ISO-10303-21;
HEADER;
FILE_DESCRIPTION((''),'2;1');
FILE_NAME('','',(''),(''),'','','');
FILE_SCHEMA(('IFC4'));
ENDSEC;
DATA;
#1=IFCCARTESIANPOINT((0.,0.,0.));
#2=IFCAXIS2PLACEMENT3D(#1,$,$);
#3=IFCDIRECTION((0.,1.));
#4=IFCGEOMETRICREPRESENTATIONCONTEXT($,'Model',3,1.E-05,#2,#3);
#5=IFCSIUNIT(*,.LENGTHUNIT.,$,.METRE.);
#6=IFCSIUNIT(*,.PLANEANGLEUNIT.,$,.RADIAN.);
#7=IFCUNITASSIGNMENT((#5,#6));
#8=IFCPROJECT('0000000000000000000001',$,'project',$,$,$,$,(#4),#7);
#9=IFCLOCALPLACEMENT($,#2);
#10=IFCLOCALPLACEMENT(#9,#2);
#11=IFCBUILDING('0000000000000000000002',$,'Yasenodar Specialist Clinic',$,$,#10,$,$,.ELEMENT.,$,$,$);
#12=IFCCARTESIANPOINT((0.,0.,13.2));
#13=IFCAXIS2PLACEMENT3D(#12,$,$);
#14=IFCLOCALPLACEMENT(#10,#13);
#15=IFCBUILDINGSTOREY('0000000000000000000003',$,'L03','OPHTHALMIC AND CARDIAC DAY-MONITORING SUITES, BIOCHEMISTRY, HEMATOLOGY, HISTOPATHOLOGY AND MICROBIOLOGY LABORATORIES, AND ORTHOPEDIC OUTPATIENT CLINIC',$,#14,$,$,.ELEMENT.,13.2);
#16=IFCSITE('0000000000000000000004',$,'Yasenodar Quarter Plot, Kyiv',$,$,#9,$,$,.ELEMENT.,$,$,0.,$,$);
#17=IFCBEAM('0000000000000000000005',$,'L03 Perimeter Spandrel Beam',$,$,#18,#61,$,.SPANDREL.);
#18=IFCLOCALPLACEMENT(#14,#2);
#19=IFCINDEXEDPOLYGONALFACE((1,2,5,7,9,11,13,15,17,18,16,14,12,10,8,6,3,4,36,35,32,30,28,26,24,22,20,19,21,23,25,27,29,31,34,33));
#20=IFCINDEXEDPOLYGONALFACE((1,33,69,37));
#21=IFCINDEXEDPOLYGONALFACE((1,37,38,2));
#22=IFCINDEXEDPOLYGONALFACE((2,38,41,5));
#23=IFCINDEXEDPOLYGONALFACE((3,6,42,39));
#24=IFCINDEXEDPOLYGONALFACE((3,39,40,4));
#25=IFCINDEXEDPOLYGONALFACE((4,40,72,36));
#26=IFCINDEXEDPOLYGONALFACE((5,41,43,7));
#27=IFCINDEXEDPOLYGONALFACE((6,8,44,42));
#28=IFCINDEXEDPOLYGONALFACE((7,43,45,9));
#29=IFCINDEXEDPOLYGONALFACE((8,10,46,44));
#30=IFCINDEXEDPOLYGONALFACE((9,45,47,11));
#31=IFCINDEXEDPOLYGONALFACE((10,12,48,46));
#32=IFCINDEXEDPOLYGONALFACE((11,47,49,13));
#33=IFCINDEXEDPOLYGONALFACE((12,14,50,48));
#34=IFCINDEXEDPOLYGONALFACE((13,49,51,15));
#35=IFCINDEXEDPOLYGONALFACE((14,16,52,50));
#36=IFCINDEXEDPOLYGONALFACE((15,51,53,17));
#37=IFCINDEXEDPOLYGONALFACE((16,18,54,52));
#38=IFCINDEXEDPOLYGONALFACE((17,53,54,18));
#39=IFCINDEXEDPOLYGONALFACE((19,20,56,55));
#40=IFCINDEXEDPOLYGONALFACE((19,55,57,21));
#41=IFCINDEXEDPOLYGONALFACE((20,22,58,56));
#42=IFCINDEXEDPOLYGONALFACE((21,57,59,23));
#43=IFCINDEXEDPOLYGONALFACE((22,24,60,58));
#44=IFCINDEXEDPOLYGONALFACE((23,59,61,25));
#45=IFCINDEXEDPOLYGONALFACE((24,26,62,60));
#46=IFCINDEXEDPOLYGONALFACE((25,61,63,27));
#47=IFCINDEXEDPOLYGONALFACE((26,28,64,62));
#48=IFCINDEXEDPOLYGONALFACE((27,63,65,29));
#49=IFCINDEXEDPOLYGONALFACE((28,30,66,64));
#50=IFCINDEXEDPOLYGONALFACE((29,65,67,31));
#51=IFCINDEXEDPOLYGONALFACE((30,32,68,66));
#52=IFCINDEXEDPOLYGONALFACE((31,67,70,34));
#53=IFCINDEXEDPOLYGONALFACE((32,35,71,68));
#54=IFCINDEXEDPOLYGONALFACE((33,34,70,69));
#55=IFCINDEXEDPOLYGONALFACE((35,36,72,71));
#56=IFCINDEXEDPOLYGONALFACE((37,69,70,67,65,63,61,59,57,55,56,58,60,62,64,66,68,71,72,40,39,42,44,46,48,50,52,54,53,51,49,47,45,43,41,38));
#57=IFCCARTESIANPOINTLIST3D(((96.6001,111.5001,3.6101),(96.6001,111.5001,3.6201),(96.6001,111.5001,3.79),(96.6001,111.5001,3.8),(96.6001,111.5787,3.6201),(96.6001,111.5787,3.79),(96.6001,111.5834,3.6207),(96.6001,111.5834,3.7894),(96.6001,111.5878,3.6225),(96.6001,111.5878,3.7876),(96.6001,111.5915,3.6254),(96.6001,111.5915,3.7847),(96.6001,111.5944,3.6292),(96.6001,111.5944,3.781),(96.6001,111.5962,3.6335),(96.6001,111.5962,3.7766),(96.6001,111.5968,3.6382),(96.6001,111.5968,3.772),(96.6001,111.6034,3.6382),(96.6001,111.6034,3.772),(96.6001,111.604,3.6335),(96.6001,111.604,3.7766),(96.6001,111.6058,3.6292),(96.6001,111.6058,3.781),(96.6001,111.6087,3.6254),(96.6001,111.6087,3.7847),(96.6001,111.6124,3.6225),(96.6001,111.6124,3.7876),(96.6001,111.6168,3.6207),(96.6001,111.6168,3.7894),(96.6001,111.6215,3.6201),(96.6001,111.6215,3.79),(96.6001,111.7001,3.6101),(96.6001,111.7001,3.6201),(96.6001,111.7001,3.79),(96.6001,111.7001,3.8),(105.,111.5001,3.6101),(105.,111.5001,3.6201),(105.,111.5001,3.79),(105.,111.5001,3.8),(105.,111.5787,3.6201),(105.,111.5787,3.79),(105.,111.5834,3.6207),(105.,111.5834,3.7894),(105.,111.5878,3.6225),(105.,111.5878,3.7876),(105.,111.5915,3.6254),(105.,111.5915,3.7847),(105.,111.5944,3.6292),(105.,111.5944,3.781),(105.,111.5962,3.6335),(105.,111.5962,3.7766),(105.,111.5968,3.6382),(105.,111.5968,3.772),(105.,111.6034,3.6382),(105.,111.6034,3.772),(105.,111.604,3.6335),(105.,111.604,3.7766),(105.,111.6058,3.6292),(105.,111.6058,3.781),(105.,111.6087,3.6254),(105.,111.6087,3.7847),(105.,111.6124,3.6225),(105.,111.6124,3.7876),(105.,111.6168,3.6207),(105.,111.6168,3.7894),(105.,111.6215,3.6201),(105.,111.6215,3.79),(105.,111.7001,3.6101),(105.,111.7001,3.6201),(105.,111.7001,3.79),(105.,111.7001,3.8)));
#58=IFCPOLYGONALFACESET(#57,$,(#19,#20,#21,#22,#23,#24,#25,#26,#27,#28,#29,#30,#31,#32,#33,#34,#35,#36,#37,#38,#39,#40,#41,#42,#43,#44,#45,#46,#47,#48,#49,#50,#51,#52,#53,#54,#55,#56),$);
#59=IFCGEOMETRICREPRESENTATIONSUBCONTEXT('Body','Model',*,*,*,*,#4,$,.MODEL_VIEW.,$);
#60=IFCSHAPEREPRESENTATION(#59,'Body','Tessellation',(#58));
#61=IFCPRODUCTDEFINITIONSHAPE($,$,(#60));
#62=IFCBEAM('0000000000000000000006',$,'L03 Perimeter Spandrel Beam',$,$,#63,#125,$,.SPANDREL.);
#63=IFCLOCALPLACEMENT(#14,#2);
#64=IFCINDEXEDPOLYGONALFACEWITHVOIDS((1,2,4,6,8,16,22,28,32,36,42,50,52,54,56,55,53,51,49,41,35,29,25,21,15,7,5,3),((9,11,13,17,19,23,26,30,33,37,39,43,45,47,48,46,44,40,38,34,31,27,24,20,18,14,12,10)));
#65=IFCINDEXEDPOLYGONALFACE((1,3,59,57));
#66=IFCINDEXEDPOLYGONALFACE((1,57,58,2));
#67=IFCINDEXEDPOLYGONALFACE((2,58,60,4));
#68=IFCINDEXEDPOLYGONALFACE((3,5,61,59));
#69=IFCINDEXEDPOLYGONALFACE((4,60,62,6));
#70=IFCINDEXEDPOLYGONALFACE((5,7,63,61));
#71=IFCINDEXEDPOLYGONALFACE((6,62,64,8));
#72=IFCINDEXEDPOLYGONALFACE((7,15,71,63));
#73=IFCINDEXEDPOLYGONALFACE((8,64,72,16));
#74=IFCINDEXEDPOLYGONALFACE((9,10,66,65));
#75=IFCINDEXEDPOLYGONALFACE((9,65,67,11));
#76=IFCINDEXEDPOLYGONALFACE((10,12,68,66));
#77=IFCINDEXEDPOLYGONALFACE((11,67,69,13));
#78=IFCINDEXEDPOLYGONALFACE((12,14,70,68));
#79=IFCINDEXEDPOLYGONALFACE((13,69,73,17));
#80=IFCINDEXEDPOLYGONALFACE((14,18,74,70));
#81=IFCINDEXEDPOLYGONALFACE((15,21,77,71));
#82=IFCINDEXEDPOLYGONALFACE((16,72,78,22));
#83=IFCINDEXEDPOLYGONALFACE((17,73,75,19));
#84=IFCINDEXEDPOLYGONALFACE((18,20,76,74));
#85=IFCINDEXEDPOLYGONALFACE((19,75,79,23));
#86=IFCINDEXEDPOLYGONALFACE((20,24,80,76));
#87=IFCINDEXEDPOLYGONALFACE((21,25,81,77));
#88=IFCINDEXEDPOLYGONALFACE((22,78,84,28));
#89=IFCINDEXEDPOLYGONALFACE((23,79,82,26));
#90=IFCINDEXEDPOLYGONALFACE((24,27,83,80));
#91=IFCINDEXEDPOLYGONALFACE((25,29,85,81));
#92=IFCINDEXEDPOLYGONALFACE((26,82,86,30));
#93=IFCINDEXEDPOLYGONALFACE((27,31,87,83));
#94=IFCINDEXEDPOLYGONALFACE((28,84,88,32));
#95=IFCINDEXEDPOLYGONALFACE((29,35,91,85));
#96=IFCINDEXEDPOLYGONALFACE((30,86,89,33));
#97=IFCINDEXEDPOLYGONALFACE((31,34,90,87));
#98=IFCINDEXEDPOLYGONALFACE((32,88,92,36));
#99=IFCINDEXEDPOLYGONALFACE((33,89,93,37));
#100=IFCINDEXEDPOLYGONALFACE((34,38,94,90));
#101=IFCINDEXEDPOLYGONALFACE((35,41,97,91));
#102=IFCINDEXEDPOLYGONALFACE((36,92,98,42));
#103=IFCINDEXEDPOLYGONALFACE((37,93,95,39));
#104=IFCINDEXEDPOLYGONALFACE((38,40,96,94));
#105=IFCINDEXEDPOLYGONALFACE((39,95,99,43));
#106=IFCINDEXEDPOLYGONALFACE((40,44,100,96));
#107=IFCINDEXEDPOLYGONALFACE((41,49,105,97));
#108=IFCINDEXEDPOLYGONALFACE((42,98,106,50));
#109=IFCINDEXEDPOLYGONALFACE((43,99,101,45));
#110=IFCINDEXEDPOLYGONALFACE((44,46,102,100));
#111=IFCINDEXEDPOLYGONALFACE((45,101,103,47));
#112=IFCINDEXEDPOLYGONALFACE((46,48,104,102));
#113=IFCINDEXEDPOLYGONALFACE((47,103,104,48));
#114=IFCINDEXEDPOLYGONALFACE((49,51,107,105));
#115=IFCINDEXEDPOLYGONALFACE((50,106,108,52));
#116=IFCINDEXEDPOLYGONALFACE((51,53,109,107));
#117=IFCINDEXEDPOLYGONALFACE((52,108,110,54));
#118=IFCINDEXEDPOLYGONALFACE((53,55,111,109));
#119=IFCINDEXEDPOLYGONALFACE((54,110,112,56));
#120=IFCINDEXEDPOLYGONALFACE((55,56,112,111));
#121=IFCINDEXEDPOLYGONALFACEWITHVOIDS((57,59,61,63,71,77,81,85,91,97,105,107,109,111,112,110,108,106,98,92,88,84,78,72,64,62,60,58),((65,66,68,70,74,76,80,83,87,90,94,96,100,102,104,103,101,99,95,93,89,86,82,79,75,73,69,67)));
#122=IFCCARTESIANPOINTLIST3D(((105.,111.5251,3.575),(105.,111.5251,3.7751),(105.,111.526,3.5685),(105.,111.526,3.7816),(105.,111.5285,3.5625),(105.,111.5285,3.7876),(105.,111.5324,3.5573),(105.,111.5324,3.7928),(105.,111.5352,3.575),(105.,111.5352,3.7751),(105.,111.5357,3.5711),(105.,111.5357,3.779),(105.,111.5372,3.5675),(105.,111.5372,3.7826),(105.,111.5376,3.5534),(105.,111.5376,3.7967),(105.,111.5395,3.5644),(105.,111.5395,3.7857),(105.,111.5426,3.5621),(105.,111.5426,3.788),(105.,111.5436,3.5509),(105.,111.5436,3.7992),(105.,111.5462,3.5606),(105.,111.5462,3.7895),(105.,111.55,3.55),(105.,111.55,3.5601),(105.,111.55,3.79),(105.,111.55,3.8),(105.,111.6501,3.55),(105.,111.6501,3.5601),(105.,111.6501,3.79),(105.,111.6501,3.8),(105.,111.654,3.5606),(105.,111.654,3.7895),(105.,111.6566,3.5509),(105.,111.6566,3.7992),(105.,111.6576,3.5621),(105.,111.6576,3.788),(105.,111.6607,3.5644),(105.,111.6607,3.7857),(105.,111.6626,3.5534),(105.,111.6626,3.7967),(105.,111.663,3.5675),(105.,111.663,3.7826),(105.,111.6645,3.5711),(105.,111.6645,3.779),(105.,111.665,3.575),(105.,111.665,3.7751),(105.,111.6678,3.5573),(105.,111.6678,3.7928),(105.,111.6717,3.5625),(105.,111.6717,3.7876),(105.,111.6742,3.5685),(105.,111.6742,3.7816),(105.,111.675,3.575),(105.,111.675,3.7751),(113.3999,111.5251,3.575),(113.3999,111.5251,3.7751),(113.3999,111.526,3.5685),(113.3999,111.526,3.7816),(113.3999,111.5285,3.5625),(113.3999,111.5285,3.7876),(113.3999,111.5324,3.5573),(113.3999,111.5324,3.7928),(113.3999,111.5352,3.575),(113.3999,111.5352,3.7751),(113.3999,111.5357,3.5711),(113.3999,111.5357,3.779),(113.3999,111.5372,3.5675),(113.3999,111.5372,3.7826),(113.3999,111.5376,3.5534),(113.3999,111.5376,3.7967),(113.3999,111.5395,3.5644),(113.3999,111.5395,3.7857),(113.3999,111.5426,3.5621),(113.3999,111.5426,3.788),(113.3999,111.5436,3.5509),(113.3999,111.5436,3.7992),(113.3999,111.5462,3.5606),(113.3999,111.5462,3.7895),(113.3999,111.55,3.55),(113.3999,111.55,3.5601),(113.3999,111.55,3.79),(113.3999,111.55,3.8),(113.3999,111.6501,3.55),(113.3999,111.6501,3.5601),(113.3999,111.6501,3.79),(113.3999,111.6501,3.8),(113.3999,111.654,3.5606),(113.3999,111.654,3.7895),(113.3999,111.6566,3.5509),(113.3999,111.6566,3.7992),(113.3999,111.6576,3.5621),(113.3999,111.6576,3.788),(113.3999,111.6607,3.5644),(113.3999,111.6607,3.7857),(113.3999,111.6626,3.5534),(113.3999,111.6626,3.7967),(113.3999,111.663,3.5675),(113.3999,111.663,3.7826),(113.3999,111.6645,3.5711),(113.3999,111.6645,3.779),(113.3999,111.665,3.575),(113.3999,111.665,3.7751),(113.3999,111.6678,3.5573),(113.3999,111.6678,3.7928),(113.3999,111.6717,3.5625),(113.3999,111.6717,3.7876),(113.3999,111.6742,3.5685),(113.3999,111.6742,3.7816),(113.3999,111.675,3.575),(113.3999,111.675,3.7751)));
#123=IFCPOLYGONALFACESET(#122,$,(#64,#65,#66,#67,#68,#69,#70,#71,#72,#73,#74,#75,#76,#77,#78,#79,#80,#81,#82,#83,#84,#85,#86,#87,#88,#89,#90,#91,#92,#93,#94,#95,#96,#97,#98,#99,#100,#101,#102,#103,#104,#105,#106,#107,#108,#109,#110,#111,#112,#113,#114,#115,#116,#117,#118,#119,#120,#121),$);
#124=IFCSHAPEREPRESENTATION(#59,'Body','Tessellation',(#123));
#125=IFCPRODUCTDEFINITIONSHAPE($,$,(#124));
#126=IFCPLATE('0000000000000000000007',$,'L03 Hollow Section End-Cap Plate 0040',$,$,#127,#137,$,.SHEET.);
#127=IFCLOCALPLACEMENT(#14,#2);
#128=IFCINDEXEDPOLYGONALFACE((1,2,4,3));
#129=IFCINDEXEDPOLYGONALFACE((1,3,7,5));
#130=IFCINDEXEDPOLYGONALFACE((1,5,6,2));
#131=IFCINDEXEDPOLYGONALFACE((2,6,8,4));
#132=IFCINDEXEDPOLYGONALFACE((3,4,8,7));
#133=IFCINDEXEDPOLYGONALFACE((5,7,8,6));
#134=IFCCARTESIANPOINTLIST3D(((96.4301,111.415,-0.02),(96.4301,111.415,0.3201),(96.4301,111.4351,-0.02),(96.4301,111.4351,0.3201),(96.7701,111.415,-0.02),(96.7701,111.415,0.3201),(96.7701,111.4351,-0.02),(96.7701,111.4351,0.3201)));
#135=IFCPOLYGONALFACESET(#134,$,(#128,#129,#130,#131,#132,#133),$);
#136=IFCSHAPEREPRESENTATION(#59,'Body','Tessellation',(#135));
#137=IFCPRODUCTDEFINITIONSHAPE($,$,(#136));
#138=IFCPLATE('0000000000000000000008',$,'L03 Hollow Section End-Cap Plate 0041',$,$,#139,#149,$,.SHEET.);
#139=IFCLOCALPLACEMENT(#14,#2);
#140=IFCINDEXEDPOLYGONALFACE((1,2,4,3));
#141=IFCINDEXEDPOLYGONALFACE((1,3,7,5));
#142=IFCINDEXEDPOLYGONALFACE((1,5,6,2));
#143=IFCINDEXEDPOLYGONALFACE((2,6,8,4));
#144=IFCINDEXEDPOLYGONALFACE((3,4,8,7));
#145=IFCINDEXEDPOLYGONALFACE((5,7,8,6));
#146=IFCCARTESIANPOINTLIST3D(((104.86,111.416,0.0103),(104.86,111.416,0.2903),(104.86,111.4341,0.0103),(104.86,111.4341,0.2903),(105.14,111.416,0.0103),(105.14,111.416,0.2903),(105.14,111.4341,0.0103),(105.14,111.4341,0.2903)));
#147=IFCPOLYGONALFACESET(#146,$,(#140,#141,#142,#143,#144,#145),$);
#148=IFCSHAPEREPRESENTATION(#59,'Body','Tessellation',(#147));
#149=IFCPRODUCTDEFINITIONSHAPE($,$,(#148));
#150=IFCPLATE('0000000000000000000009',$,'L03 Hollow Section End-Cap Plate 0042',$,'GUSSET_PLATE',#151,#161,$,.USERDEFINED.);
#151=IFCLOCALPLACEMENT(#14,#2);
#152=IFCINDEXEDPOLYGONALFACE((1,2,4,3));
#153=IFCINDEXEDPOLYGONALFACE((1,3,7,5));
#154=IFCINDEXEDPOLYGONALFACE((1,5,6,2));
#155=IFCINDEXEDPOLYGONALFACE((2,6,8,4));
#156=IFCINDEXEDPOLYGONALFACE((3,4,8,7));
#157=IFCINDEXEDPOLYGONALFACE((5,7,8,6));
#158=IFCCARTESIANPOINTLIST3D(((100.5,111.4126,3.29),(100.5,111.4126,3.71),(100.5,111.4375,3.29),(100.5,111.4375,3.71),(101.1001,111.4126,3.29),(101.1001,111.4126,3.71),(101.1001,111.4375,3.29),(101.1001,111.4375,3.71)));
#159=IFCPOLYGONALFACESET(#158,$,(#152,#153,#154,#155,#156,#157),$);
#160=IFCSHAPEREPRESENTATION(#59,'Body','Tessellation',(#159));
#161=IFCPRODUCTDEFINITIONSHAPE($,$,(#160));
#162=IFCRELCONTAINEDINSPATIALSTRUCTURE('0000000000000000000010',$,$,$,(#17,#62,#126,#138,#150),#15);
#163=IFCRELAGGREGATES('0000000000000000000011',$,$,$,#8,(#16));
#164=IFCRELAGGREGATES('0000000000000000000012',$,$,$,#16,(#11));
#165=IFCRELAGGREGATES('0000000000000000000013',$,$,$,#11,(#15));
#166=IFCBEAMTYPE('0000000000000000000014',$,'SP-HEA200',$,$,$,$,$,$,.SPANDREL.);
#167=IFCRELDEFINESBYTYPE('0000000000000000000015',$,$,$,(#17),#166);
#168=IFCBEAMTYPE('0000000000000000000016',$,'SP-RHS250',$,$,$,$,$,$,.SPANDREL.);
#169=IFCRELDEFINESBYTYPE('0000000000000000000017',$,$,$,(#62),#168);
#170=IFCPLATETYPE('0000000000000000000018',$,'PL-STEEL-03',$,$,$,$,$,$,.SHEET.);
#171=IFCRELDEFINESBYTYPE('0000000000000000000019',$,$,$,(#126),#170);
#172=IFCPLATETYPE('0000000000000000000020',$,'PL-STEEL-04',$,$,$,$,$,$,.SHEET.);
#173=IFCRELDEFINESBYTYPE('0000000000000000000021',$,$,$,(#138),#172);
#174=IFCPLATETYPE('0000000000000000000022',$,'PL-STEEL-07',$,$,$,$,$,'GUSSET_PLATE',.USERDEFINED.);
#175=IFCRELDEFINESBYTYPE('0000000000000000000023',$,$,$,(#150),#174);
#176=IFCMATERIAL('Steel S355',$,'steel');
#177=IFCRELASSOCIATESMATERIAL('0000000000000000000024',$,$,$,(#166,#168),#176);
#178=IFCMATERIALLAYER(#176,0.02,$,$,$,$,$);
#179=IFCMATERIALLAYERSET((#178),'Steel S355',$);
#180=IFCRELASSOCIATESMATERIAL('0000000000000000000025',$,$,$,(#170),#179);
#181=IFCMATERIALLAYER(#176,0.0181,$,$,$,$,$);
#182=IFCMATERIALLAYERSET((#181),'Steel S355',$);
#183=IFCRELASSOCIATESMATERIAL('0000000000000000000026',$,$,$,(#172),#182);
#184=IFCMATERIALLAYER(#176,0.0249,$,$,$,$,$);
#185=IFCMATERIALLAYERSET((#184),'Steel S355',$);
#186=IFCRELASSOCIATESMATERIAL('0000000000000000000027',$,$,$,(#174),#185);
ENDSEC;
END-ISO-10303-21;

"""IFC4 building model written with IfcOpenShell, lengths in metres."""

from ifc_helpers import new_model, si_unit, direction, frame, origin, origin_2d, place, context, subcontext, project, spatial, rectangle, hollow_rectangle, i_section, extrude, material, layer, layer_set, material_profile, profile_set, type_object, element, save


model = new_model("IFC4")

# Units and contexts
model_context = context("Model", 3, precision=1e-05, world=origin(), true_north=direction((0.0, 1.0)))
body_context = subcontext(model_context, "Body", "Model", "MODEL_VIEW")
ifc_project = project(units=[si_unit("LENGTHUNIT", "METRE"), si_unit("PLANEANGLEUNIT", "RADIAN")], contexts=[model_context])

# Site, building, storey
site_placement = place(None, origin())
site = spatial("IfcSite", under=ifc_project, at=site_placement, Name="Yasenodar Quarter Plot, Kyiv", CompositionType="ELEMENT", RefElevation=0.0)
building_placement = place(site_placement, origin())
building = spatial("IfcBuilding", under=site, at=building_placement, Name="Yasenodar Specialist Clinic", CompositionType="ELEMENT")
storey_placement = place(building_placement, frame((0.0, 0.0, 13.2)))
storey = spatial("IfcBuildingStorey", under=building, at=storey_placement, Name="L03", Description="OPHTHALMIC AND CARDIAC DAY-MONITORING SUITES, BIOCHEMISTRY, HEMATOLOGY, HISTOPATHOLOGY AND MICROBIOLOGY LABORATORIES, AND ORTHOPEDIC OUTPATIENT CLINIC", CompositionType="ELEMENT", Elevation=13.2)

# Shared definitions
ifc_material_1 = material(Name="Steel S355", Category="steel")

# Beams
ifc_material_profile_1 = material_profile(ifc_material_1, i_section(OverallWidth=0.2, OverallDepth=0.1899, WebThickness=0.0066, FlangeThickness=0.01, FilletRadius=0.0181, at=origin_2d()), Name="HEA 200")
ifc_profile_set_1 = profile_set([ifc_material_profile_1], Name="Steel S355")
beam_type_1 = type_object("IfcBeamType", Name="SP-HEA200", PredefinedType="SPANDREL", material=ifc_profile_set_1)
beam_1_placement = place(storey_placement, frame((96.6001, 111.6001, 3.7051), z_axis=(1.0, 0.0, 0.0), x_axis=(0.0, 1.0, 0.0)))
element("IfcBeam", 1, at=beam_1_placement, inside=storey, type_object=beam_type_1, Name="L03 Perimeter Spandrel Beam", PredefinedType="SPANDREL", context=body_context, shape_type="SweptSolid", body=[
    extrude(i_section(OverallWidth=0.2, OverallDepth=0.1899, WebThickness=0.0066, FlangeThickness=0.01, FilletRadius=0.0181, at=origin_2d()), origin(), (0.0, 0.0, 1.0), 8.3999),
])
ifc_material_profile_2 = material_profile(ifc_material_1, hollow_rectangle(XDim=0.1499, YDim=0.25, WallThickness=0.01, InnerFilletRadius=0.0149, OuterFilletRadius=0.0249, at=origin_2d()), Name="RHS 250x150x10")
ifc_profile_set_2 = profile_set([ifc_material_profile_2], Name="Steel S355")
beam_type_2 = type_object("IfcBeamType", Name="SP-RHS250", PredefinedType="SPANDREL", material=ifc_profile_set_2)
beam_2_placement = place(storey_placement, frame((105.0, 111.6001, 3.675), z_axis=(1.0, 0.0, 0.0), x_axis=(0.0, 1.0, 0.0)))
element("IfcBeam", 2, at=beam_2_placement, inside=storey, type_object=beam_type_2, Name="L03 Perimeter Spandrel Beam", PredefinedType="SPANDREL", context=body_context, shape_type="SweptSolid", body=[
    extrude(hollow_rectangle(XDim=0.1499, YDim=0.25, WallThickness=0.01, InnerFilletRadius=0.0149, OuterFilletRadius=0.0249, at=origin_2d()), origin(), (0.0, 0.0, 1.0), 8.3999),
])

# Plates
ifc_layer_1 = layer(ifc_material_1, 0.02)
ifc_layer_set_1 = layer_set([ifc_layer_1], Name="Steel S355")
plate_type_1 = type_object("IfcPlateType", Name="PL-STEEL-03", PredefinedType="SHEET", material=ifc_layer_set_1)
plate_1_placement = place(storey_placement, frame((96.6001, 111.425, -0.02), z_axis=(0.0, 0.0, 1.0), x_axis=(1.0, 0.0, 0.0)))
element("IfcPlate", 3, at=plate_1_placement, inside=storey, type_object=plate_type_1, Name="L03 Hollow Section End-Cap Plate 0040", PredefinedType="SHEET", context=body_context, shape_type="SweptSolid", body=[
    extrude(rectangle(XDim=0.3401, YDim=0.02, at=origin_2d()), origin(), (0.0, 0.0, 1.0), 0.3401),
])
ifc_layer_2 = layer(ifc_material_1, 0.0181)
ifc_layer_set_2 = layer_set([ifc_layer_2], Name="Steel S355")
plate_type_2 = type_object("IfcPlateType", Name="PL-STEEL-04", PredefinedType="SHEET", material=ifc_layer_set_2)
plate_2_placement = place(storey_placement, frame((105.0, 111.425, 0.0103), z_axis=(0.0, 0.0, 1.0), x_axis=(1.0, 0.0, 0.0)))
element("IfcPlate", 4, at=plate_2_placement, inside=storey, type_object=plate_type_2, Name="L03 Hollow Section End-Cap Plate 0041", PredefinedType="SHEET", context=body_context, shape_type="SweptSolid", body=[
    extrude(rectangle(XDim=0.28, YDim=0.0181, at=origin_2d()), origin(), (0.0, 0.0, 1.0), 0.28),
])
ifc_layer_3 = layer(ifc_material_1, 0.0249)
ifc_layer_set_3 = layer_set([ifc_layer_3], Name="Steel S355")
plate_type_3 = type_object("IfcPlateType", Name="PL-STEEL-07", ElementType="GUSSET_PLATE", PredefinedType="USERDEFINED", material=ifc_layer_set_3)
plate_3_placement = place(storey_placement, frame((100.8, 111.425, 3.29), z_axis=(0.0, 0.0, 1.0), x_axis=(1.0, 0.0, 0.0)))
element("IfcPlate", 5, at=plate_3_placement, inside=storey, type_object=plate_type_3, Name="L03 Hollow Section End-Cap Plate 0042", ObjectType="GUSSET_PLATE", PredefinedType="USERDEFINED", context=body_context, shape_type="SweptSolid", body=[
    extrude(rectangle(XDim=0.6001, YDim=0.0249, at=origin_2d()), origin(), (0.0, 0.0, 1.0), 0.4199),
])

save(model, "model.ifc")
